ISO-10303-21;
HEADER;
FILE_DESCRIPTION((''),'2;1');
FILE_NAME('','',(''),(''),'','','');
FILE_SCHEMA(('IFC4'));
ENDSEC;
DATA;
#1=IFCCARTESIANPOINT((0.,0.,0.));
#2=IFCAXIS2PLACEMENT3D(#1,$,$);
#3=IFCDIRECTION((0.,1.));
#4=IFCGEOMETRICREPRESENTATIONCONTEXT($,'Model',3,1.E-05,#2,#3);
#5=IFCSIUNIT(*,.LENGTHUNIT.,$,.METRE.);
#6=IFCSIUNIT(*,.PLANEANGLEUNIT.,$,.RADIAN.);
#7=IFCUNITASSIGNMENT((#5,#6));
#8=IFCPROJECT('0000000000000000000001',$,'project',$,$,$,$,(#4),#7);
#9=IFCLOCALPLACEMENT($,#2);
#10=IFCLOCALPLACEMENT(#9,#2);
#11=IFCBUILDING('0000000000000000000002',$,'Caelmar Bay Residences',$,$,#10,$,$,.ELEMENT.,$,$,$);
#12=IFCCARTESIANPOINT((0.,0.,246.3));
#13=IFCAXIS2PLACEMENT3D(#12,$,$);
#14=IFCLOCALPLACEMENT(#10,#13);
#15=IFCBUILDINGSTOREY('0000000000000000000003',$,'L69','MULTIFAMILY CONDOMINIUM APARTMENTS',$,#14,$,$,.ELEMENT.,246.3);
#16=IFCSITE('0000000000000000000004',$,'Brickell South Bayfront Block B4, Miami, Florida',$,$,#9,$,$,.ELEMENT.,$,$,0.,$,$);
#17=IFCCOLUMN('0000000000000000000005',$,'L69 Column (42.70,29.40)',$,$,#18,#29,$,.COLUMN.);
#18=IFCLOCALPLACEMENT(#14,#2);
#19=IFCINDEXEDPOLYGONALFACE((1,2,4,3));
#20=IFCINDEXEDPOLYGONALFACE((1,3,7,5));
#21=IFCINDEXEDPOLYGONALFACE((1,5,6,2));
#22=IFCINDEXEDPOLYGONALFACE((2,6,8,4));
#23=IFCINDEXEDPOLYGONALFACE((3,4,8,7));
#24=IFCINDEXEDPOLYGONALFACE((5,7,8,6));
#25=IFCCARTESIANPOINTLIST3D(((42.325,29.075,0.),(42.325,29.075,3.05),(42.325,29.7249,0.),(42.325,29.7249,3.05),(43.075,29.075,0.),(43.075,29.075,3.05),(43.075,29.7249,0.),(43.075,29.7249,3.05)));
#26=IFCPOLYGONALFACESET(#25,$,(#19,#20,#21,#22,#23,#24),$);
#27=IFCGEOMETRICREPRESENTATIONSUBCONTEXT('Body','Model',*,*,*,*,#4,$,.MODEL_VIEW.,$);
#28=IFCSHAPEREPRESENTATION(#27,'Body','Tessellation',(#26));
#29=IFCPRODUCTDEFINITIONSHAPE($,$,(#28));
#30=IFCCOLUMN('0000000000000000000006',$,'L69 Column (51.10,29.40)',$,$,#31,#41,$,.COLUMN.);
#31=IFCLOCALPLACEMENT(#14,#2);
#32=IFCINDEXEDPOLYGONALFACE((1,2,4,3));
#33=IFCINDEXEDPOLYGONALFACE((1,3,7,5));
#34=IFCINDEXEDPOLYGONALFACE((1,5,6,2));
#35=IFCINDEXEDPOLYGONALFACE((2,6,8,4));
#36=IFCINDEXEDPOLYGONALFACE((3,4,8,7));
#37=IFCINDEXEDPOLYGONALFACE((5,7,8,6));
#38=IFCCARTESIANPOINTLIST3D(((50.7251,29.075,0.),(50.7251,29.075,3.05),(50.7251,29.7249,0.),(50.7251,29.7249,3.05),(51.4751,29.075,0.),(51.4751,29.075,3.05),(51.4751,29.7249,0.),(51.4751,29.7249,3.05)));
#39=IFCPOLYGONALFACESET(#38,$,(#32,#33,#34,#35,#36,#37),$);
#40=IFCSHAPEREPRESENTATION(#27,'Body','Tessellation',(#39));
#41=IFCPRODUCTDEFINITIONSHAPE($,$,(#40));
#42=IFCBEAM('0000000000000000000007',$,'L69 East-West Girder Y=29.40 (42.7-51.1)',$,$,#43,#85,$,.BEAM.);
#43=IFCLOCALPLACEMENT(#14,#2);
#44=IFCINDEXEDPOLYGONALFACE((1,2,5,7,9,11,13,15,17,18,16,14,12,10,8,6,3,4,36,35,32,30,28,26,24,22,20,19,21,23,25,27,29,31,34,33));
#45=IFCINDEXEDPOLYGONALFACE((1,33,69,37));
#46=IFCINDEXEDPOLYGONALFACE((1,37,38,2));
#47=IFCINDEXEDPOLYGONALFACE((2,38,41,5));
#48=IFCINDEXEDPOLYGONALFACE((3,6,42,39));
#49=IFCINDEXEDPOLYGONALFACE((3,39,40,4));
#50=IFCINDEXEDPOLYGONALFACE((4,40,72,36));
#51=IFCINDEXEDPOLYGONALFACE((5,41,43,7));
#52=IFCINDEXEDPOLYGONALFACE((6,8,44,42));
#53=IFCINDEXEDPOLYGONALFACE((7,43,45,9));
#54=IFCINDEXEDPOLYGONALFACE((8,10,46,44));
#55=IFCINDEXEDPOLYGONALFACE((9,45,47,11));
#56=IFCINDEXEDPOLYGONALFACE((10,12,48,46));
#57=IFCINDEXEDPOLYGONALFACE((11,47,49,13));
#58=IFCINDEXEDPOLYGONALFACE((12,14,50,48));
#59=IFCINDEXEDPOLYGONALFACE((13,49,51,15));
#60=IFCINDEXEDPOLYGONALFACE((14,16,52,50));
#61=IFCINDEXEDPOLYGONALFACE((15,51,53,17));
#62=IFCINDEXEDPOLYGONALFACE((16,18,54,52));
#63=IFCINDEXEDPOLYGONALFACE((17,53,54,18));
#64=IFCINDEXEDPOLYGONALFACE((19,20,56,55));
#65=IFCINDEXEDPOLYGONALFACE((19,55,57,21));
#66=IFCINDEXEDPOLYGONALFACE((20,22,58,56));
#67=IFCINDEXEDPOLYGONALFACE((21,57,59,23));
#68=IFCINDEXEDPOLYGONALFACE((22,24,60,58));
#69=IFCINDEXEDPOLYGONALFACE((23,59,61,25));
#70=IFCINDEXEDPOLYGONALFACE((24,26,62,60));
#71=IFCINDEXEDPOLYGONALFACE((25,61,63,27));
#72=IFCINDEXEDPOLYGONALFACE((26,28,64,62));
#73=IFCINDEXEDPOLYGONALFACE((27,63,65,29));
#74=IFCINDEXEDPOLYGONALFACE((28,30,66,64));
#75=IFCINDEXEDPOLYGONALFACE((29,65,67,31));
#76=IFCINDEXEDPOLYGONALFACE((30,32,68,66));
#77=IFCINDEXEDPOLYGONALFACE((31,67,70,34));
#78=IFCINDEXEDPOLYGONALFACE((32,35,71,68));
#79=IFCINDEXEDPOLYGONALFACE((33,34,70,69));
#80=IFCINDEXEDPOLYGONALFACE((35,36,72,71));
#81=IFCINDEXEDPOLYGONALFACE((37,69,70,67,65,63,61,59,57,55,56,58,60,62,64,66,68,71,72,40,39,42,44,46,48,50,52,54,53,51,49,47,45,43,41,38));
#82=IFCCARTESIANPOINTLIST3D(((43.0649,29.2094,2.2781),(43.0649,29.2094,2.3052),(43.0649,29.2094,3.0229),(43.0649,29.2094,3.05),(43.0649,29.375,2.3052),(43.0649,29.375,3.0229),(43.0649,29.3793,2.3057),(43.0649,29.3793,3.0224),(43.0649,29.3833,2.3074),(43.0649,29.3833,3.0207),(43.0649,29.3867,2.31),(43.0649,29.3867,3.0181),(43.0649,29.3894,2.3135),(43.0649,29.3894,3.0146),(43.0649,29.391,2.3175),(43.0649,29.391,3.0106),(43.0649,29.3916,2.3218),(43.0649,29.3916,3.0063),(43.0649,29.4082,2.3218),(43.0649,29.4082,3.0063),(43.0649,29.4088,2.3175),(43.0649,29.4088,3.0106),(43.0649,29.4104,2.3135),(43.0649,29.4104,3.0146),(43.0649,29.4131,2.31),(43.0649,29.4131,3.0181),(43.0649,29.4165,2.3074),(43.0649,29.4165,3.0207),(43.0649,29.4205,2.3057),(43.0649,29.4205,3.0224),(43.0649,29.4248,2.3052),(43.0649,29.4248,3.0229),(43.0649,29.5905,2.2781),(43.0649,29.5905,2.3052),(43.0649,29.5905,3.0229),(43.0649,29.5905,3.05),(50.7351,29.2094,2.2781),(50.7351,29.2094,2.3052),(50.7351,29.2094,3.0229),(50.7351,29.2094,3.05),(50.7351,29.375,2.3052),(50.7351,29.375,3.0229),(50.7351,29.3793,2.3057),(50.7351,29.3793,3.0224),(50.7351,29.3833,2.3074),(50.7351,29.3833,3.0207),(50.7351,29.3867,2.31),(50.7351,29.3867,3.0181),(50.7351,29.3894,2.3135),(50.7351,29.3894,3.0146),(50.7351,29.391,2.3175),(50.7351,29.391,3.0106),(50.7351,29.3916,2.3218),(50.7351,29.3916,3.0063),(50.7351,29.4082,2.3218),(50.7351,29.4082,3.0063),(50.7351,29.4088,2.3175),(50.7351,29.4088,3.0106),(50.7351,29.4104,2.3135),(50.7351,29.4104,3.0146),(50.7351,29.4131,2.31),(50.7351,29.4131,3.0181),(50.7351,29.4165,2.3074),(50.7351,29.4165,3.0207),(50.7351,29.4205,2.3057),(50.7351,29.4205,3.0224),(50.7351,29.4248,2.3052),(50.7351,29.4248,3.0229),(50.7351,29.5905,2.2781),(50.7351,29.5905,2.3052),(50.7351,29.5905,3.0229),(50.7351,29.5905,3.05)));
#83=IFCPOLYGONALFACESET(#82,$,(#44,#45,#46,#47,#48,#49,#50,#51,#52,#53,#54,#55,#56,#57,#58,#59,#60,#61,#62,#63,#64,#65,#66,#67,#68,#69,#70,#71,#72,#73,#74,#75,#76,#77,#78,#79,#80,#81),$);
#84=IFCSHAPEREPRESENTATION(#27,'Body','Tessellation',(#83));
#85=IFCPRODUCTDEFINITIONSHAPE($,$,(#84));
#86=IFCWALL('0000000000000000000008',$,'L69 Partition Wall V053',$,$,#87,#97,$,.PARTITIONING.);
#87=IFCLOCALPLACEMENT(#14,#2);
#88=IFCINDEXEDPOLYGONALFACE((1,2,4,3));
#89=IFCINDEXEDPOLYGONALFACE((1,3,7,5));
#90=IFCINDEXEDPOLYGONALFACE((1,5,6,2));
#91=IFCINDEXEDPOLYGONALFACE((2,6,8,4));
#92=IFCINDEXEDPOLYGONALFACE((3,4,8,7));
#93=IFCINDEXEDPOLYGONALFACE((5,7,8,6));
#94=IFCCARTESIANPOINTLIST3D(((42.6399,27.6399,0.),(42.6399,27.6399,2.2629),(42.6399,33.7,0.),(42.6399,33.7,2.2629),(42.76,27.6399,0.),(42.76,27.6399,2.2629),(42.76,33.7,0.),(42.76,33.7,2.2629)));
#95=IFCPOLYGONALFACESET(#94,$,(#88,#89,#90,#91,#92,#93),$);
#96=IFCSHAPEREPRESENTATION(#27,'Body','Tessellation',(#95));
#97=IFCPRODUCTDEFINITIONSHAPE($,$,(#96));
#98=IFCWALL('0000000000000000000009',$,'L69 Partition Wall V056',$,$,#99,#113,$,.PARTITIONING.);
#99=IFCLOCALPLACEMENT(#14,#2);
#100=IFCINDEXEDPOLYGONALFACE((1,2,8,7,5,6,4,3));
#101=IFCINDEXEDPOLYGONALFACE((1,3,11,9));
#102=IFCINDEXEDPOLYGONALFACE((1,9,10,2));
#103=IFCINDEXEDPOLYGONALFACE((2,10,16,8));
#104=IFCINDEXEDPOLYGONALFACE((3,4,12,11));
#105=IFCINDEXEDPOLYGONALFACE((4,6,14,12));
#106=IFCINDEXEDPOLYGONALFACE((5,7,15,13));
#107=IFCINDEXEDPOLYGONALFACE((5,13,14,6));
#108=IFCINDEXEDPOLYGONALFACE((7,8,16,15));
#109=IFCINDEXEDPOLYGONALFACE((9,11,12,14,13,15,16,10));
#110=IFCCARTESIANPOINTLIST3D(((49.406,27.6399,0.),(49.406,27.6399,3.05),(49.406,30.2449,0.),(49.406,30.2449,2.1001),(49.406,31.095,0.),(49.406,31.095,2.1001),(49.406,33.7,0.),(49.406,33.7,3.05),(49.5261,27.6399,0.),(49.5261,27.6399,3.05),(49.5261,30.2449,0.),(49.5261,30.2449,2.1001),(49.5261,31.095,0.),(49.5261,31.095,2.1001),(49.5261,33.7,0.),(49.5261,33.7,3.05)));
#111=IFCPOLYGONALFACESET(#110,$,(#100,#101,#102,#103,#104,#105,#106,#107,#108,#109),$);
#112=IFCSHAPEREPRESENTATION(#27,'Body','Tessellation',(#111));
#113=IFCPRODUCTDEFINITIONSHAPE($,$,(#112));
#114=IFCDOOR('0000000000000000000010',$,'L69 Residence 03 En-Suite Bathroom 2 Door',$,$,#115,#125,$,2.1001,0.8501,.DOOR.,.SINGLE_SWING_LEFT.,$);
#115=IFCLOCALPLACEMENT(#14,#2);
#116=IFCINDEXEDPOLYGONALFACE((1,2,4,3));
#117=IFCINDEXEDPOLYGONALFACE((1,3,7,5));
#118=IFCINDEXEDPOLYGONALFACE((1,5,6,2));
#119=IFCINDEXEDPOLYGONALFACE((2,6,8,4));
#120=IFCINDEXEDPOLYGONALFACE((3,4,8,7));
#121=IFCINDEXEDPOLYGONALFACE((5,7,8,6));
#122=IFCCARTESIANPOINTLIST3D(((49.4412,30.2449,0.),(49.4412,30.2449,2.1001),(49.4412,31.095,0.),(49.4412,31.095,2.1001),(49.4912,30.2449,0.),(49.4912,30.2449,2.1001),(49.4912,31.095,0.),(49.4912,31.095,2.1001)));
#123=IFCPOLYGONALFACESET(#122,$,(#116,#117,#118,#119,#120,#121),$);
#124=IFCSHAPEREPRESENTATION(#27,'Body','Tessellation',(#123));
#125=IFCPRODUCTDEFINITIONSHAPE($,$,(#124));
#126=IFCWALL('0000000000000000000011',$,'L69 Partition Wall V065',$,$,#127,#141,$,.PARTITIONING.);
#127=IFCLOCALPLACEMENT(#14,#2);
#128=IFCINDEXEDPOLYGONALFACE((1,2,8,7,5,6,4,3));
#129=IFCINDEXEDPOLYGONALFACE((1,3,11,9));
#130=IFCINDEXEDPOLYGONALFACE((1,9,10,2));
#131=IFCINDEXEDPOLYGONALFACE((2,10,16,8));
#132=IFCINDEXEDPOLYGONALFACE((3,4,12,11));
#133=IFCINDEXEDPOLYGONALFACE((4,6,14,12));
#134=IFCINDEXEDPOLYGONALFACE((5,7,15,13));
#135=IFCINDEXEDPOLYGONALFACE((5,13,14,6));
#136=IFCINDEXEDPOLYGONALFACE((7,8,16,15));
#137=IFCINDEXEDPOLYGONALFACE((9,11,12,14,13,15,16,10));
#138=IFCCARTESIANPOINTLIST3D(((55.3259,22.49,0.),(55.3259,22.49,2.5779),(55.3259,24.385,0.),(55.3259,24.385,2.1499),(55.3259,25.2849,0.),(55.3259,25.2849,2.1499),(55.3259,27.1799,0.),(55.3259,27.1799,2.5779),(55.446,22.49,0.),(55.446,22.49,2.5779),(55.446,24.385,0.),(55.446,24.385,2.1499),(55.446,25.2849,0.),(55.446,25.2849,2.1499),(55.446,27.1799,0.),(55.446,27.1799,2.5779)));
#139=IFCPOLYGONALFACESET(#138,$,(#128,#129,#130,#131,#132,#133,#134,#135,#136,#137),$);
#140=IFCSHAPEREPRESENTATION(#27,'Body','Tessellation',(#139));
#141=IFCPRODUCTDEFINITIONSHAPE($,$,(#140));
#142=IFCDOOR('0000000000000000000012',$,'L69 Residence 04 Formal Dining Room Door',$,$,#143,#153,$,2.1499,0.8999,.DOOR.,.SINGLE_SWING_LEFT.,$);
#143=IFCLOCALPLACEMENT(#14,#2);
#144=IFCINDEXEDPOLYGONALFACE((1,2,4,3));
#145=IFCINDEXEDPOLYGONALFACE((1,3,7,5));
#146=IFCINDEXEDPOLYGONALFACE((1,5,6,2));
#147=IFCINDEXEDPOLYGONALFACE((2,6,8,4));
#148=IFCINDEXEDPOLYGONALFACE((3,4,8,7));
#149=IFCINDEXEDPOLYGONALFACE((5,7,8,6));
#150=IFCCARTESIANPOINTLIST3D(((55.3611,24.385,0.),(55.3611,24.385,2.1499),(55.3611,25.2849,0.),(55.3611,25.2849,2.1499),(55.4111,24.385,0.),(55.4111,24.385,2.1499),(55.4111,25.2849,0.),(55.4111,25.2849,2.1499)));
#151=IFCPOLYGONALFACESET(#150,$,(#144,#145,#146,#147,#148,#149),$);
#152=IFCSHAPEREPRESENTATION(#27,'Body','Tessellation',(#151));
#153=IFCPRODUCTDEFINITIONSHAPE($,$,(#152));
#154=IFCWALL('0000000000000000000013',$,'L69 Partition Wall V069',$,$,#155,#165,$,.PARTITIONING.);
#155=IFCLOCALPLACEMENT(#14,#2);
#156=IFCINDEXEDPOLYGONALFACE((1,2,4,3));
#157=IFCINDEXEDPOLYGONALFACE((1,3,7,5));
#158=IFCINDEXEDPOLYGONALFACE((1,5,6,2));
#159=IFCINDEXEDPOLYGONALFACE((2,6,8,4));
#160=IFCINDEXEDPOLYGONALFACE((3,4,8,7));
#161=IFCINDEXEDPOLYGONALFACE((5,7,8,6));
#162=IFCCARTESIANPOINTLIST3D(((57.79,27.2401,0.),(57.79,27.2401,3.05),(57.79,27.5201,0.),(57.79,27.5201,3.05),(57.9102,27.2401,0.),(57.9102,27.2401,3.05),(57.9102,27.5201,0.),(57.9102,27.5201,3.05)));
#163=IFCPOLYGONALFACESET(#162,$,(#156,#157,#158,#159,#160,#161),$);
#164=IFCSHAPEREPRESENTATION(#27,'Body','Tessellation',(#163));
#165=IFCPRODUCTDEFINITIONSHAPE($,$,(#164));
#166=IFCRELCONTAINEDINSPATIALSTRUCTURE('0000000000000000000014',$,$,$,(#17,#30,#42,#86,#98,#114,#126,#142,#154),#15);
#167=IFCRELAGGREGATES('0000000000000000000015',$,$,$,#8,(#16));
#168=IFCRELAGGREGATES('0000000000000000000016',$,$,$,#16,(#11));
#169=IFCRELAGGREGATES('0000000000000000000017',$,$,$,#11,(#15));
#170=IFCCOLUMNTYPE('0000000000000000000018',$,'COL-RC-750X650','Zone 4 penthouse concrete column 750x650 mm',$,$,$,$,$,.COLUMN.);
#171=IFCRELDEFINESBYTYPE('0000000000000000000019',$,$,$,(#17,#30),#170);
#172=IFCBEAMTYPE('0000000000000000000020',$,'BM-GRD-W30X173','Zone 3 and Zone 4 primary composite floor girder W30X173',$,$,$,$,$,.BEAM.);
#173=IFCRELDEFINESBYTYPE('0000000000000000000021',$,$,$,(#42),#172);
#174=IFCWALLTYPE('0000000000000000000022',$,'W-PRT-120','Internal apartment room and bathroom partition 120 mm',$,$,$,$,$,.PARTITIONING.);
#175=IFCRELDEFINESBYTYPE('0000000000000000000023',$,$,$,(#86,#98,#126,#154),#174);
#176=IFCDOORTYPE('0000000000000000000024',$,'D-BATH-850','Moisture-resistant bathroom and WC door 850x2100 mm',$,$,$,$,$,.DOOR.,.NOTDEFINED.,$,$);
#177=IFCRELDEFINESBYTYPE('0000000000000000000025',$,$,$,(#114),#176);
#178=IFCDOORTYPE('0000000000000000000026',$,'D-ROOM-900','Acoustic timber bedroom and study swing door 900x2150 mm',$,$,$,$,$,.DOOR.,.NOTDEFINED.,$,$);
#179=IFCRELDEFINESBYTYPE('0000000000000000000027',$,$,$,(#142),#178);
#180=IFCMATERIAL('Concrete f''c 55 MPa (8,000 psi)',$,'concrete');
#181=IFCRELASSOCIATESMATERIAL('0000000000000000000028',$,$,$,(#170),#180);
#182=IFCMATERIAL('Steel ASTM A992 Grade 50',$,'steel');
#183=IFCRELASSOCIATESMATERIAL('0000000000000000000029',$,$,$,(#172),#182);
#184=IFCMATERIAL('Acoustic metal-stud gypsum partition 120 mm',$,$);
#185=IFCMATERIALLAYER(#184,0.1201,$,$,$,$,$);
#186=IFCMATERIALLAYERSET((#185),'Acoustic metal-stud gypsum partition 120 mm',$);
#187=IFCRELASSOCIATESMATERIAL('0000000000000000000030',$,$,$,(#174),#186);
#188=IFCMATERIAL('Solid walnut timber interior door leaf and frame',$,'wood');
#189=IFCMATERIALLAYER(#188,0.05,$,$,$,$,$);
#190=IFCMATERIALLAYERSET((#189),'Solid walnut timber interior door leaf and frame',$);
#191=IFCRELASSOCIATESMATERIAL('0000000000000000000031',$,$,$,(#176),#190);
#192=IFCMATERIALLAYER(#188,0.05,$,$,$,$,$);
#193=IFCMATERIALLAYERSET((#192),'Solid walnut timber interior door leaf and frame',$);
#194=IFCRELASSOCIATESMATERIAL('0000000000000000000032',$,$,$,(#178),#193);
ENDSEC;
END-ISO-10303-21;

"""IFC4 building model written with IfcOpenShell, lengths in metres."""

from ifc_helpers import new_model, si_unit, direction, frame, frame_2d, origin, origin_2d, place, context, subcontext, project, spatial, rectangle, i_section, extrude, material, layer, layer_set, material_profile, profile_set, type_object, element, fill, save


model = new_model("IFC4")

# Units and contexts
model_context = context("Model", 3, precision=1e-05, world=origin(), true_north=direction((0.0, 1.0)))
body_context = subcontext(model_context, "Body", "Model", "MODEL_VIEW")
ifc_project = project(units=[si_unit("LENGTHUNIT", "METRE"), si_unit("PLANEANGLEUNIT", "RADIAN")], contexts=[model_context])

# Site, building, storey
site_placement = place(None, origin())
site = spatial("IfcSite", under=ifc_project, at=site_placement, Name="Brickell South Bayfront Block B4, Miami, Florida", CompositionType="ELEMENT", RefElevation=0.0)
building_placement = place(site_placement, origin())
building = spatial("IfcBuilding", under=site, at=building_placement, Name="Caelmar Bay Residences", CompositionType="ELEMENT")
storey_placement = place(building_placement, frame((0.0, 0.0, 246.3)))
storey = spatial("IfcBuildingStorey", under=building, at=storey_placement, Name="L69", Description="MULTIFAMILY CONDOMINIUM APARTMENTS", CompositionType="ELEMENT", Elevation=246.3)

# Columns
ifc_material_1 = material(Name="Concrete f'c 55 MPa (8,000 psi)", Category="concrete")
ifc_material_profile_1 = material_profile(ifc_material_1, rectangle(XDim=0.75, YDim=0.6499, at=origin_2d()), Name="RC-COL-750X650")
ifc_profile_set_1 = profile_set([ifc_material_profile_1], Name="Concrete f'c 55 MPa (8,000 psi)")
column_type = type_object("IfcColumnType", Name="COL-RC-750X650", Description="Zone 4 penthouse concrete column 750x650 mm", PredefinedType="COLUMN", material=ifc_profile_set_1)
for number, where, z_axis, x_axis, name in (
    (1, (42.7, 29.3999, 0.0), (0.0, 0.0, 1.0), (1.0, 0.0, 0.0), "L69 Column (42.70,29.40)"),
    (2, (51.1001, 29.3999, 0.0), (0.0, 0.0, 1.0), (1.0, 0.0, 0.0), "L69 Column (51.10,29.40)"),
):
    element("IfcColumn", number, at=place(storey_placement, frame(where, z_axis=z_axis, x_axis=x_axis)), inside=storey, type_object=column_type, Name=name, PredefinedType="COLUMN", context=body_context, shape_type="SweptSolid", body=[
        extrude(rectangle(XDim=0.75, YDim=0.6499, at=origin_2d()), origin(), (0.0, 0.0, 1.0), 3.05),
    ])

# Beam
ifc_material_2 = material(Name="Steel ASTM A992 Grade 50", Category="steel")
ifc_material_profile_2 = material_profile(ifc_material_2, i_section(OverallWidth=0.3811, OverallDepth=0.772, WebThickness=0.0166, FlangeThickness=0.0271, FilletRadius=0.0166, at=origin_2d()), Name="W30X173")
ifc_profile_set_2 = profile_set([ifc_material_profile_2], Name="Steel ASTM A992 Grade 50")
beam_type = type_object("IfcBeamType", Name="BM-GRD-W30X173", Description="Zone 3 and Zone 4 primary composite floor girder W30X173", PredefinedType="BEAM", material=ifc_profile_set_2)
beam_placement = place(storey_placement, frame((43.0649, 29.3999, 2.6641), z_axis=(1.0, 0.0, 0.0), x_axis=(0.0, 1.0, 0.0)))
element("IfcBeam", 3, at=beam_placement, inside=storey, type_object=beam_type, Name="L69 East-West Girder Y=29.40 (42.7-51.1)", PredefinedType="BEAM", context=body_context, shape_type="SweptSolid", body=[
    extrude(i_section(OverallWidth=0.3811, OverallDepth=0.772, WebThickness=0.0166, FlangeThickness=0.0271, FilletRadius=0.0166, at=origin_2d()), origin(), (0.0, 0.0, 1.0), 7.6702),
])

# Wall
ifc_material_3 = material(Name="Acoustic metal-stud gypsum partition 120 mm")
ifc_layer_1 = layer(ifc_material_3, 0.1201)
ifc_layer_set_1 = layer_set([ifc_layer_1], Name="Acoustic metal-stud gypsum partition 120 mm")
wall_type_1 = type_object("IfcWallType", Name="W-PRT-120", Description="Internal apartment room and bathroom partition 120 mm", PredefinedType="PARTITIONING", material=ifc_layer_set_1)
wall_1_placement = place(storey_placement, frame((42.7, 27.6399, 0.0), z_axis=(0.0, 0.0, 1.0), x_axis=(0.0, 1.0, 0.0)))
element("IfcWall", 4, at=wall_1_placement, inside=storey, type_object=wall_type_1, Name="L69 Partition Wall V053", PredefinedType="PARTITIONING", context=body_context, shape_type="SweptSolid", body=[
    extrude(rectangle(XDim=6.0601, YDim=0.1201, at=frame_2d((3.03, 0.0))), origin(), (0.0, 0.0, 1.0), 2.2629),
])

# Walls, openings, doors
wall_2_placement = place(storey_placement, frame((49.4661, 27.6399, 0.0), z_axis=(0.0, 0.0, 1.0), x_axis=(0.0, 1.0, 0.0)))
wall_2 = element("IfcWall", 5, at=wall_2_placement, inside=storey, type_object=wall_type_1, Name="L69 Partition Wall V056", PredefinedType="PARTITIONING", context=body_context, shape_type="SweptSolid", body=[
    extrude(rectangle(XDim=6.0601, YDim=0.1201, at=frame_2d((3.03, 0.0))), origin(), (0.0, 0.0, 1.0), 3.05),
])
opening_1_placement = place(wall_2_placement, frame((2.605, 0.0, 0.0)))
opening_1 = element("IfcOpeningElement", 6, at=opening_1_placement, cuts=wall_2, PredefinedType="OPENING", context=body_context, shape_type="SweptSolid", body=[
    extrude(rectangle(XDim=0.8501, YDim=2.1001, at=frame_2d((0.425, 1.05))), frame((0.0, 0.0701, 0.0), z_axis=(0.0, -1.0, 0.0), x_axis=(1.0, 0.0, 0.0)), (0.0, 0.0, 1.0), 0.1401),
])
ifc_material_4 = material(Name="Solid walnut timber interior door leaf and frame", Category="wood")
ifc_layer_2 = layer(ifc_material_4, 0.05)
ifc_layer_set_2 = layer_set([ifc_layer_2], Name="Solid walnut timber interior door leaf and frame")
door_type_1 = type_object("IfcDoorType", Name="D-BATH-850", Description="Moisture-resistant bathroom and WC door 850x2100 mm", OperationType="NOTDEFINED", PredefinedType="DOOR", material=ifc_layer_set_2)
door_1_placement = place(opening_1_placement, origin())
door_1 = element("IfcDoor", 7, at=door_1_placement, inside=storey, type_object=door_type_1, Name="L69 Residence 03 En-Suite Bathroom 2 Door", OperationType="SINGLE_SWING_LEFT", OverallHeight=2.1001, OverallWidth=0.8501, PredefinedType="DOOR", context=body_context, shape_type="SweptSolid", body=[
    extrude(rectangle(XDim=0.8501, YDim=2.1001, at=frame_2d((0.425, 1.05))), frame((0.0, 0.0249, 0.0), z_axis=(0.0, -1.0, 0.0), x_axis=(1.0, 0.0, 0.0)), (0.0, 0.0, 1.0), 0.05),
])
fill(opening_1, door_1)
wall_3_placement = place(storey_placement, frame((55.386, 22.49, 0.0), z_axis=(0.0, 0.0, 1.0), x_axis=(0.0, 1.0, 0.0)))
wall_3 = element("IfcWall", 8, at=wall_3_placement, inside=storey, type_object=wall_type_1, Name="L69 Partition Wall V065", PredefinedType="PARTITIONING", context=body_context, shape_type="SweptSolid", body=[
    extrude(rectangle(XDim=4.6899, YDim=0.1201, at=frame_2d((2.345, 0.0))), origin(), (0.0, 0.0, 1.0), 2.5779),
])
opening_2_placement = place(wall_3_placement, frame((1.895, 0.0, 0.0)))
opening_2 = element("IfcOpeningElement", 9, at=opening_2_placement, cuts=wall_3, PredefinedType="OPENING", context=body_context, shape_type="SweptSolid", body=[
    extrude(rectangle(XDim=0.8999, YDim=2.1499, at=frame_2d((0.45, 1.075))), frame((0.0, 0.0701, 0.0), z_axis=(0.0, -1.0, 0.0), x_axis=(1.0, 0.0, 0.0)), (0.0, 0.0, 1.0), 0.1401),
])
ifc_layer_3 = layer(ifc_material_4, 0.05)
ifc_layer_set_3 = layer_set([ifc_layer_3], Name="Solid walnut timber interior door leaf and frame")
door_type_2 = type_object("IfcDoorType", Name="D-ROOM-900", Description="Acoustic timber bedroom and study swing door 900x2150 mm", OperationType="NOTDEFINED", PredefinedType="DOOR", material=ifc_layer_set_3)
door_2_placement = place(opening_2_placement, origin())
door_2 = element("IfcDoor", 10, at=door_2_placement, inside=storey, type_object=door_type_2, Name="L69 Residence 04 Formal Dining Room Door", OperationType="SINGLE_SWING_LEFT", OverallHeight=2.1499, OverallWidth=0.8999, PredefinedType="DOOR", context=body_context, shape_type="SweptSolid", body=[
    extrude(rectangle(XDim=0.8999, YDim=2.1499, at=frame_2d((0.45, 1.075))), frame((0.0, 0.0249, 0.0), z_axis=(0.0, -1.0, 0.0), x_axis=(1.0, 0.0, 0.0)), (0.0, 0.0, 1.0), 0.05),
])
fill(opening_2, door_2)

# Wall
wall_4_placement = place(storey_placement, frame((57.8501, 27.24, 0.0), z_axis=(0.0, 0.0, 1.0), x_axis=(0.0, 1.0, 0.0)))
element("IfcWall", 11, at=wall_4_placement, inside=storey, type_object=wall_type_1, Name="L69 Partition Wall V069", PredefinedType="PARTITIONING", context=body_context, shape_type="SweptSolid", body=[
    extrude(rectangle(XDim=0.28, YDim=0.1201, at=frame_2d((0.1401, 0.0))), origin(), (0.0, 0.0, 1.0), 3.05),
])

save(model, "model.ifc")
